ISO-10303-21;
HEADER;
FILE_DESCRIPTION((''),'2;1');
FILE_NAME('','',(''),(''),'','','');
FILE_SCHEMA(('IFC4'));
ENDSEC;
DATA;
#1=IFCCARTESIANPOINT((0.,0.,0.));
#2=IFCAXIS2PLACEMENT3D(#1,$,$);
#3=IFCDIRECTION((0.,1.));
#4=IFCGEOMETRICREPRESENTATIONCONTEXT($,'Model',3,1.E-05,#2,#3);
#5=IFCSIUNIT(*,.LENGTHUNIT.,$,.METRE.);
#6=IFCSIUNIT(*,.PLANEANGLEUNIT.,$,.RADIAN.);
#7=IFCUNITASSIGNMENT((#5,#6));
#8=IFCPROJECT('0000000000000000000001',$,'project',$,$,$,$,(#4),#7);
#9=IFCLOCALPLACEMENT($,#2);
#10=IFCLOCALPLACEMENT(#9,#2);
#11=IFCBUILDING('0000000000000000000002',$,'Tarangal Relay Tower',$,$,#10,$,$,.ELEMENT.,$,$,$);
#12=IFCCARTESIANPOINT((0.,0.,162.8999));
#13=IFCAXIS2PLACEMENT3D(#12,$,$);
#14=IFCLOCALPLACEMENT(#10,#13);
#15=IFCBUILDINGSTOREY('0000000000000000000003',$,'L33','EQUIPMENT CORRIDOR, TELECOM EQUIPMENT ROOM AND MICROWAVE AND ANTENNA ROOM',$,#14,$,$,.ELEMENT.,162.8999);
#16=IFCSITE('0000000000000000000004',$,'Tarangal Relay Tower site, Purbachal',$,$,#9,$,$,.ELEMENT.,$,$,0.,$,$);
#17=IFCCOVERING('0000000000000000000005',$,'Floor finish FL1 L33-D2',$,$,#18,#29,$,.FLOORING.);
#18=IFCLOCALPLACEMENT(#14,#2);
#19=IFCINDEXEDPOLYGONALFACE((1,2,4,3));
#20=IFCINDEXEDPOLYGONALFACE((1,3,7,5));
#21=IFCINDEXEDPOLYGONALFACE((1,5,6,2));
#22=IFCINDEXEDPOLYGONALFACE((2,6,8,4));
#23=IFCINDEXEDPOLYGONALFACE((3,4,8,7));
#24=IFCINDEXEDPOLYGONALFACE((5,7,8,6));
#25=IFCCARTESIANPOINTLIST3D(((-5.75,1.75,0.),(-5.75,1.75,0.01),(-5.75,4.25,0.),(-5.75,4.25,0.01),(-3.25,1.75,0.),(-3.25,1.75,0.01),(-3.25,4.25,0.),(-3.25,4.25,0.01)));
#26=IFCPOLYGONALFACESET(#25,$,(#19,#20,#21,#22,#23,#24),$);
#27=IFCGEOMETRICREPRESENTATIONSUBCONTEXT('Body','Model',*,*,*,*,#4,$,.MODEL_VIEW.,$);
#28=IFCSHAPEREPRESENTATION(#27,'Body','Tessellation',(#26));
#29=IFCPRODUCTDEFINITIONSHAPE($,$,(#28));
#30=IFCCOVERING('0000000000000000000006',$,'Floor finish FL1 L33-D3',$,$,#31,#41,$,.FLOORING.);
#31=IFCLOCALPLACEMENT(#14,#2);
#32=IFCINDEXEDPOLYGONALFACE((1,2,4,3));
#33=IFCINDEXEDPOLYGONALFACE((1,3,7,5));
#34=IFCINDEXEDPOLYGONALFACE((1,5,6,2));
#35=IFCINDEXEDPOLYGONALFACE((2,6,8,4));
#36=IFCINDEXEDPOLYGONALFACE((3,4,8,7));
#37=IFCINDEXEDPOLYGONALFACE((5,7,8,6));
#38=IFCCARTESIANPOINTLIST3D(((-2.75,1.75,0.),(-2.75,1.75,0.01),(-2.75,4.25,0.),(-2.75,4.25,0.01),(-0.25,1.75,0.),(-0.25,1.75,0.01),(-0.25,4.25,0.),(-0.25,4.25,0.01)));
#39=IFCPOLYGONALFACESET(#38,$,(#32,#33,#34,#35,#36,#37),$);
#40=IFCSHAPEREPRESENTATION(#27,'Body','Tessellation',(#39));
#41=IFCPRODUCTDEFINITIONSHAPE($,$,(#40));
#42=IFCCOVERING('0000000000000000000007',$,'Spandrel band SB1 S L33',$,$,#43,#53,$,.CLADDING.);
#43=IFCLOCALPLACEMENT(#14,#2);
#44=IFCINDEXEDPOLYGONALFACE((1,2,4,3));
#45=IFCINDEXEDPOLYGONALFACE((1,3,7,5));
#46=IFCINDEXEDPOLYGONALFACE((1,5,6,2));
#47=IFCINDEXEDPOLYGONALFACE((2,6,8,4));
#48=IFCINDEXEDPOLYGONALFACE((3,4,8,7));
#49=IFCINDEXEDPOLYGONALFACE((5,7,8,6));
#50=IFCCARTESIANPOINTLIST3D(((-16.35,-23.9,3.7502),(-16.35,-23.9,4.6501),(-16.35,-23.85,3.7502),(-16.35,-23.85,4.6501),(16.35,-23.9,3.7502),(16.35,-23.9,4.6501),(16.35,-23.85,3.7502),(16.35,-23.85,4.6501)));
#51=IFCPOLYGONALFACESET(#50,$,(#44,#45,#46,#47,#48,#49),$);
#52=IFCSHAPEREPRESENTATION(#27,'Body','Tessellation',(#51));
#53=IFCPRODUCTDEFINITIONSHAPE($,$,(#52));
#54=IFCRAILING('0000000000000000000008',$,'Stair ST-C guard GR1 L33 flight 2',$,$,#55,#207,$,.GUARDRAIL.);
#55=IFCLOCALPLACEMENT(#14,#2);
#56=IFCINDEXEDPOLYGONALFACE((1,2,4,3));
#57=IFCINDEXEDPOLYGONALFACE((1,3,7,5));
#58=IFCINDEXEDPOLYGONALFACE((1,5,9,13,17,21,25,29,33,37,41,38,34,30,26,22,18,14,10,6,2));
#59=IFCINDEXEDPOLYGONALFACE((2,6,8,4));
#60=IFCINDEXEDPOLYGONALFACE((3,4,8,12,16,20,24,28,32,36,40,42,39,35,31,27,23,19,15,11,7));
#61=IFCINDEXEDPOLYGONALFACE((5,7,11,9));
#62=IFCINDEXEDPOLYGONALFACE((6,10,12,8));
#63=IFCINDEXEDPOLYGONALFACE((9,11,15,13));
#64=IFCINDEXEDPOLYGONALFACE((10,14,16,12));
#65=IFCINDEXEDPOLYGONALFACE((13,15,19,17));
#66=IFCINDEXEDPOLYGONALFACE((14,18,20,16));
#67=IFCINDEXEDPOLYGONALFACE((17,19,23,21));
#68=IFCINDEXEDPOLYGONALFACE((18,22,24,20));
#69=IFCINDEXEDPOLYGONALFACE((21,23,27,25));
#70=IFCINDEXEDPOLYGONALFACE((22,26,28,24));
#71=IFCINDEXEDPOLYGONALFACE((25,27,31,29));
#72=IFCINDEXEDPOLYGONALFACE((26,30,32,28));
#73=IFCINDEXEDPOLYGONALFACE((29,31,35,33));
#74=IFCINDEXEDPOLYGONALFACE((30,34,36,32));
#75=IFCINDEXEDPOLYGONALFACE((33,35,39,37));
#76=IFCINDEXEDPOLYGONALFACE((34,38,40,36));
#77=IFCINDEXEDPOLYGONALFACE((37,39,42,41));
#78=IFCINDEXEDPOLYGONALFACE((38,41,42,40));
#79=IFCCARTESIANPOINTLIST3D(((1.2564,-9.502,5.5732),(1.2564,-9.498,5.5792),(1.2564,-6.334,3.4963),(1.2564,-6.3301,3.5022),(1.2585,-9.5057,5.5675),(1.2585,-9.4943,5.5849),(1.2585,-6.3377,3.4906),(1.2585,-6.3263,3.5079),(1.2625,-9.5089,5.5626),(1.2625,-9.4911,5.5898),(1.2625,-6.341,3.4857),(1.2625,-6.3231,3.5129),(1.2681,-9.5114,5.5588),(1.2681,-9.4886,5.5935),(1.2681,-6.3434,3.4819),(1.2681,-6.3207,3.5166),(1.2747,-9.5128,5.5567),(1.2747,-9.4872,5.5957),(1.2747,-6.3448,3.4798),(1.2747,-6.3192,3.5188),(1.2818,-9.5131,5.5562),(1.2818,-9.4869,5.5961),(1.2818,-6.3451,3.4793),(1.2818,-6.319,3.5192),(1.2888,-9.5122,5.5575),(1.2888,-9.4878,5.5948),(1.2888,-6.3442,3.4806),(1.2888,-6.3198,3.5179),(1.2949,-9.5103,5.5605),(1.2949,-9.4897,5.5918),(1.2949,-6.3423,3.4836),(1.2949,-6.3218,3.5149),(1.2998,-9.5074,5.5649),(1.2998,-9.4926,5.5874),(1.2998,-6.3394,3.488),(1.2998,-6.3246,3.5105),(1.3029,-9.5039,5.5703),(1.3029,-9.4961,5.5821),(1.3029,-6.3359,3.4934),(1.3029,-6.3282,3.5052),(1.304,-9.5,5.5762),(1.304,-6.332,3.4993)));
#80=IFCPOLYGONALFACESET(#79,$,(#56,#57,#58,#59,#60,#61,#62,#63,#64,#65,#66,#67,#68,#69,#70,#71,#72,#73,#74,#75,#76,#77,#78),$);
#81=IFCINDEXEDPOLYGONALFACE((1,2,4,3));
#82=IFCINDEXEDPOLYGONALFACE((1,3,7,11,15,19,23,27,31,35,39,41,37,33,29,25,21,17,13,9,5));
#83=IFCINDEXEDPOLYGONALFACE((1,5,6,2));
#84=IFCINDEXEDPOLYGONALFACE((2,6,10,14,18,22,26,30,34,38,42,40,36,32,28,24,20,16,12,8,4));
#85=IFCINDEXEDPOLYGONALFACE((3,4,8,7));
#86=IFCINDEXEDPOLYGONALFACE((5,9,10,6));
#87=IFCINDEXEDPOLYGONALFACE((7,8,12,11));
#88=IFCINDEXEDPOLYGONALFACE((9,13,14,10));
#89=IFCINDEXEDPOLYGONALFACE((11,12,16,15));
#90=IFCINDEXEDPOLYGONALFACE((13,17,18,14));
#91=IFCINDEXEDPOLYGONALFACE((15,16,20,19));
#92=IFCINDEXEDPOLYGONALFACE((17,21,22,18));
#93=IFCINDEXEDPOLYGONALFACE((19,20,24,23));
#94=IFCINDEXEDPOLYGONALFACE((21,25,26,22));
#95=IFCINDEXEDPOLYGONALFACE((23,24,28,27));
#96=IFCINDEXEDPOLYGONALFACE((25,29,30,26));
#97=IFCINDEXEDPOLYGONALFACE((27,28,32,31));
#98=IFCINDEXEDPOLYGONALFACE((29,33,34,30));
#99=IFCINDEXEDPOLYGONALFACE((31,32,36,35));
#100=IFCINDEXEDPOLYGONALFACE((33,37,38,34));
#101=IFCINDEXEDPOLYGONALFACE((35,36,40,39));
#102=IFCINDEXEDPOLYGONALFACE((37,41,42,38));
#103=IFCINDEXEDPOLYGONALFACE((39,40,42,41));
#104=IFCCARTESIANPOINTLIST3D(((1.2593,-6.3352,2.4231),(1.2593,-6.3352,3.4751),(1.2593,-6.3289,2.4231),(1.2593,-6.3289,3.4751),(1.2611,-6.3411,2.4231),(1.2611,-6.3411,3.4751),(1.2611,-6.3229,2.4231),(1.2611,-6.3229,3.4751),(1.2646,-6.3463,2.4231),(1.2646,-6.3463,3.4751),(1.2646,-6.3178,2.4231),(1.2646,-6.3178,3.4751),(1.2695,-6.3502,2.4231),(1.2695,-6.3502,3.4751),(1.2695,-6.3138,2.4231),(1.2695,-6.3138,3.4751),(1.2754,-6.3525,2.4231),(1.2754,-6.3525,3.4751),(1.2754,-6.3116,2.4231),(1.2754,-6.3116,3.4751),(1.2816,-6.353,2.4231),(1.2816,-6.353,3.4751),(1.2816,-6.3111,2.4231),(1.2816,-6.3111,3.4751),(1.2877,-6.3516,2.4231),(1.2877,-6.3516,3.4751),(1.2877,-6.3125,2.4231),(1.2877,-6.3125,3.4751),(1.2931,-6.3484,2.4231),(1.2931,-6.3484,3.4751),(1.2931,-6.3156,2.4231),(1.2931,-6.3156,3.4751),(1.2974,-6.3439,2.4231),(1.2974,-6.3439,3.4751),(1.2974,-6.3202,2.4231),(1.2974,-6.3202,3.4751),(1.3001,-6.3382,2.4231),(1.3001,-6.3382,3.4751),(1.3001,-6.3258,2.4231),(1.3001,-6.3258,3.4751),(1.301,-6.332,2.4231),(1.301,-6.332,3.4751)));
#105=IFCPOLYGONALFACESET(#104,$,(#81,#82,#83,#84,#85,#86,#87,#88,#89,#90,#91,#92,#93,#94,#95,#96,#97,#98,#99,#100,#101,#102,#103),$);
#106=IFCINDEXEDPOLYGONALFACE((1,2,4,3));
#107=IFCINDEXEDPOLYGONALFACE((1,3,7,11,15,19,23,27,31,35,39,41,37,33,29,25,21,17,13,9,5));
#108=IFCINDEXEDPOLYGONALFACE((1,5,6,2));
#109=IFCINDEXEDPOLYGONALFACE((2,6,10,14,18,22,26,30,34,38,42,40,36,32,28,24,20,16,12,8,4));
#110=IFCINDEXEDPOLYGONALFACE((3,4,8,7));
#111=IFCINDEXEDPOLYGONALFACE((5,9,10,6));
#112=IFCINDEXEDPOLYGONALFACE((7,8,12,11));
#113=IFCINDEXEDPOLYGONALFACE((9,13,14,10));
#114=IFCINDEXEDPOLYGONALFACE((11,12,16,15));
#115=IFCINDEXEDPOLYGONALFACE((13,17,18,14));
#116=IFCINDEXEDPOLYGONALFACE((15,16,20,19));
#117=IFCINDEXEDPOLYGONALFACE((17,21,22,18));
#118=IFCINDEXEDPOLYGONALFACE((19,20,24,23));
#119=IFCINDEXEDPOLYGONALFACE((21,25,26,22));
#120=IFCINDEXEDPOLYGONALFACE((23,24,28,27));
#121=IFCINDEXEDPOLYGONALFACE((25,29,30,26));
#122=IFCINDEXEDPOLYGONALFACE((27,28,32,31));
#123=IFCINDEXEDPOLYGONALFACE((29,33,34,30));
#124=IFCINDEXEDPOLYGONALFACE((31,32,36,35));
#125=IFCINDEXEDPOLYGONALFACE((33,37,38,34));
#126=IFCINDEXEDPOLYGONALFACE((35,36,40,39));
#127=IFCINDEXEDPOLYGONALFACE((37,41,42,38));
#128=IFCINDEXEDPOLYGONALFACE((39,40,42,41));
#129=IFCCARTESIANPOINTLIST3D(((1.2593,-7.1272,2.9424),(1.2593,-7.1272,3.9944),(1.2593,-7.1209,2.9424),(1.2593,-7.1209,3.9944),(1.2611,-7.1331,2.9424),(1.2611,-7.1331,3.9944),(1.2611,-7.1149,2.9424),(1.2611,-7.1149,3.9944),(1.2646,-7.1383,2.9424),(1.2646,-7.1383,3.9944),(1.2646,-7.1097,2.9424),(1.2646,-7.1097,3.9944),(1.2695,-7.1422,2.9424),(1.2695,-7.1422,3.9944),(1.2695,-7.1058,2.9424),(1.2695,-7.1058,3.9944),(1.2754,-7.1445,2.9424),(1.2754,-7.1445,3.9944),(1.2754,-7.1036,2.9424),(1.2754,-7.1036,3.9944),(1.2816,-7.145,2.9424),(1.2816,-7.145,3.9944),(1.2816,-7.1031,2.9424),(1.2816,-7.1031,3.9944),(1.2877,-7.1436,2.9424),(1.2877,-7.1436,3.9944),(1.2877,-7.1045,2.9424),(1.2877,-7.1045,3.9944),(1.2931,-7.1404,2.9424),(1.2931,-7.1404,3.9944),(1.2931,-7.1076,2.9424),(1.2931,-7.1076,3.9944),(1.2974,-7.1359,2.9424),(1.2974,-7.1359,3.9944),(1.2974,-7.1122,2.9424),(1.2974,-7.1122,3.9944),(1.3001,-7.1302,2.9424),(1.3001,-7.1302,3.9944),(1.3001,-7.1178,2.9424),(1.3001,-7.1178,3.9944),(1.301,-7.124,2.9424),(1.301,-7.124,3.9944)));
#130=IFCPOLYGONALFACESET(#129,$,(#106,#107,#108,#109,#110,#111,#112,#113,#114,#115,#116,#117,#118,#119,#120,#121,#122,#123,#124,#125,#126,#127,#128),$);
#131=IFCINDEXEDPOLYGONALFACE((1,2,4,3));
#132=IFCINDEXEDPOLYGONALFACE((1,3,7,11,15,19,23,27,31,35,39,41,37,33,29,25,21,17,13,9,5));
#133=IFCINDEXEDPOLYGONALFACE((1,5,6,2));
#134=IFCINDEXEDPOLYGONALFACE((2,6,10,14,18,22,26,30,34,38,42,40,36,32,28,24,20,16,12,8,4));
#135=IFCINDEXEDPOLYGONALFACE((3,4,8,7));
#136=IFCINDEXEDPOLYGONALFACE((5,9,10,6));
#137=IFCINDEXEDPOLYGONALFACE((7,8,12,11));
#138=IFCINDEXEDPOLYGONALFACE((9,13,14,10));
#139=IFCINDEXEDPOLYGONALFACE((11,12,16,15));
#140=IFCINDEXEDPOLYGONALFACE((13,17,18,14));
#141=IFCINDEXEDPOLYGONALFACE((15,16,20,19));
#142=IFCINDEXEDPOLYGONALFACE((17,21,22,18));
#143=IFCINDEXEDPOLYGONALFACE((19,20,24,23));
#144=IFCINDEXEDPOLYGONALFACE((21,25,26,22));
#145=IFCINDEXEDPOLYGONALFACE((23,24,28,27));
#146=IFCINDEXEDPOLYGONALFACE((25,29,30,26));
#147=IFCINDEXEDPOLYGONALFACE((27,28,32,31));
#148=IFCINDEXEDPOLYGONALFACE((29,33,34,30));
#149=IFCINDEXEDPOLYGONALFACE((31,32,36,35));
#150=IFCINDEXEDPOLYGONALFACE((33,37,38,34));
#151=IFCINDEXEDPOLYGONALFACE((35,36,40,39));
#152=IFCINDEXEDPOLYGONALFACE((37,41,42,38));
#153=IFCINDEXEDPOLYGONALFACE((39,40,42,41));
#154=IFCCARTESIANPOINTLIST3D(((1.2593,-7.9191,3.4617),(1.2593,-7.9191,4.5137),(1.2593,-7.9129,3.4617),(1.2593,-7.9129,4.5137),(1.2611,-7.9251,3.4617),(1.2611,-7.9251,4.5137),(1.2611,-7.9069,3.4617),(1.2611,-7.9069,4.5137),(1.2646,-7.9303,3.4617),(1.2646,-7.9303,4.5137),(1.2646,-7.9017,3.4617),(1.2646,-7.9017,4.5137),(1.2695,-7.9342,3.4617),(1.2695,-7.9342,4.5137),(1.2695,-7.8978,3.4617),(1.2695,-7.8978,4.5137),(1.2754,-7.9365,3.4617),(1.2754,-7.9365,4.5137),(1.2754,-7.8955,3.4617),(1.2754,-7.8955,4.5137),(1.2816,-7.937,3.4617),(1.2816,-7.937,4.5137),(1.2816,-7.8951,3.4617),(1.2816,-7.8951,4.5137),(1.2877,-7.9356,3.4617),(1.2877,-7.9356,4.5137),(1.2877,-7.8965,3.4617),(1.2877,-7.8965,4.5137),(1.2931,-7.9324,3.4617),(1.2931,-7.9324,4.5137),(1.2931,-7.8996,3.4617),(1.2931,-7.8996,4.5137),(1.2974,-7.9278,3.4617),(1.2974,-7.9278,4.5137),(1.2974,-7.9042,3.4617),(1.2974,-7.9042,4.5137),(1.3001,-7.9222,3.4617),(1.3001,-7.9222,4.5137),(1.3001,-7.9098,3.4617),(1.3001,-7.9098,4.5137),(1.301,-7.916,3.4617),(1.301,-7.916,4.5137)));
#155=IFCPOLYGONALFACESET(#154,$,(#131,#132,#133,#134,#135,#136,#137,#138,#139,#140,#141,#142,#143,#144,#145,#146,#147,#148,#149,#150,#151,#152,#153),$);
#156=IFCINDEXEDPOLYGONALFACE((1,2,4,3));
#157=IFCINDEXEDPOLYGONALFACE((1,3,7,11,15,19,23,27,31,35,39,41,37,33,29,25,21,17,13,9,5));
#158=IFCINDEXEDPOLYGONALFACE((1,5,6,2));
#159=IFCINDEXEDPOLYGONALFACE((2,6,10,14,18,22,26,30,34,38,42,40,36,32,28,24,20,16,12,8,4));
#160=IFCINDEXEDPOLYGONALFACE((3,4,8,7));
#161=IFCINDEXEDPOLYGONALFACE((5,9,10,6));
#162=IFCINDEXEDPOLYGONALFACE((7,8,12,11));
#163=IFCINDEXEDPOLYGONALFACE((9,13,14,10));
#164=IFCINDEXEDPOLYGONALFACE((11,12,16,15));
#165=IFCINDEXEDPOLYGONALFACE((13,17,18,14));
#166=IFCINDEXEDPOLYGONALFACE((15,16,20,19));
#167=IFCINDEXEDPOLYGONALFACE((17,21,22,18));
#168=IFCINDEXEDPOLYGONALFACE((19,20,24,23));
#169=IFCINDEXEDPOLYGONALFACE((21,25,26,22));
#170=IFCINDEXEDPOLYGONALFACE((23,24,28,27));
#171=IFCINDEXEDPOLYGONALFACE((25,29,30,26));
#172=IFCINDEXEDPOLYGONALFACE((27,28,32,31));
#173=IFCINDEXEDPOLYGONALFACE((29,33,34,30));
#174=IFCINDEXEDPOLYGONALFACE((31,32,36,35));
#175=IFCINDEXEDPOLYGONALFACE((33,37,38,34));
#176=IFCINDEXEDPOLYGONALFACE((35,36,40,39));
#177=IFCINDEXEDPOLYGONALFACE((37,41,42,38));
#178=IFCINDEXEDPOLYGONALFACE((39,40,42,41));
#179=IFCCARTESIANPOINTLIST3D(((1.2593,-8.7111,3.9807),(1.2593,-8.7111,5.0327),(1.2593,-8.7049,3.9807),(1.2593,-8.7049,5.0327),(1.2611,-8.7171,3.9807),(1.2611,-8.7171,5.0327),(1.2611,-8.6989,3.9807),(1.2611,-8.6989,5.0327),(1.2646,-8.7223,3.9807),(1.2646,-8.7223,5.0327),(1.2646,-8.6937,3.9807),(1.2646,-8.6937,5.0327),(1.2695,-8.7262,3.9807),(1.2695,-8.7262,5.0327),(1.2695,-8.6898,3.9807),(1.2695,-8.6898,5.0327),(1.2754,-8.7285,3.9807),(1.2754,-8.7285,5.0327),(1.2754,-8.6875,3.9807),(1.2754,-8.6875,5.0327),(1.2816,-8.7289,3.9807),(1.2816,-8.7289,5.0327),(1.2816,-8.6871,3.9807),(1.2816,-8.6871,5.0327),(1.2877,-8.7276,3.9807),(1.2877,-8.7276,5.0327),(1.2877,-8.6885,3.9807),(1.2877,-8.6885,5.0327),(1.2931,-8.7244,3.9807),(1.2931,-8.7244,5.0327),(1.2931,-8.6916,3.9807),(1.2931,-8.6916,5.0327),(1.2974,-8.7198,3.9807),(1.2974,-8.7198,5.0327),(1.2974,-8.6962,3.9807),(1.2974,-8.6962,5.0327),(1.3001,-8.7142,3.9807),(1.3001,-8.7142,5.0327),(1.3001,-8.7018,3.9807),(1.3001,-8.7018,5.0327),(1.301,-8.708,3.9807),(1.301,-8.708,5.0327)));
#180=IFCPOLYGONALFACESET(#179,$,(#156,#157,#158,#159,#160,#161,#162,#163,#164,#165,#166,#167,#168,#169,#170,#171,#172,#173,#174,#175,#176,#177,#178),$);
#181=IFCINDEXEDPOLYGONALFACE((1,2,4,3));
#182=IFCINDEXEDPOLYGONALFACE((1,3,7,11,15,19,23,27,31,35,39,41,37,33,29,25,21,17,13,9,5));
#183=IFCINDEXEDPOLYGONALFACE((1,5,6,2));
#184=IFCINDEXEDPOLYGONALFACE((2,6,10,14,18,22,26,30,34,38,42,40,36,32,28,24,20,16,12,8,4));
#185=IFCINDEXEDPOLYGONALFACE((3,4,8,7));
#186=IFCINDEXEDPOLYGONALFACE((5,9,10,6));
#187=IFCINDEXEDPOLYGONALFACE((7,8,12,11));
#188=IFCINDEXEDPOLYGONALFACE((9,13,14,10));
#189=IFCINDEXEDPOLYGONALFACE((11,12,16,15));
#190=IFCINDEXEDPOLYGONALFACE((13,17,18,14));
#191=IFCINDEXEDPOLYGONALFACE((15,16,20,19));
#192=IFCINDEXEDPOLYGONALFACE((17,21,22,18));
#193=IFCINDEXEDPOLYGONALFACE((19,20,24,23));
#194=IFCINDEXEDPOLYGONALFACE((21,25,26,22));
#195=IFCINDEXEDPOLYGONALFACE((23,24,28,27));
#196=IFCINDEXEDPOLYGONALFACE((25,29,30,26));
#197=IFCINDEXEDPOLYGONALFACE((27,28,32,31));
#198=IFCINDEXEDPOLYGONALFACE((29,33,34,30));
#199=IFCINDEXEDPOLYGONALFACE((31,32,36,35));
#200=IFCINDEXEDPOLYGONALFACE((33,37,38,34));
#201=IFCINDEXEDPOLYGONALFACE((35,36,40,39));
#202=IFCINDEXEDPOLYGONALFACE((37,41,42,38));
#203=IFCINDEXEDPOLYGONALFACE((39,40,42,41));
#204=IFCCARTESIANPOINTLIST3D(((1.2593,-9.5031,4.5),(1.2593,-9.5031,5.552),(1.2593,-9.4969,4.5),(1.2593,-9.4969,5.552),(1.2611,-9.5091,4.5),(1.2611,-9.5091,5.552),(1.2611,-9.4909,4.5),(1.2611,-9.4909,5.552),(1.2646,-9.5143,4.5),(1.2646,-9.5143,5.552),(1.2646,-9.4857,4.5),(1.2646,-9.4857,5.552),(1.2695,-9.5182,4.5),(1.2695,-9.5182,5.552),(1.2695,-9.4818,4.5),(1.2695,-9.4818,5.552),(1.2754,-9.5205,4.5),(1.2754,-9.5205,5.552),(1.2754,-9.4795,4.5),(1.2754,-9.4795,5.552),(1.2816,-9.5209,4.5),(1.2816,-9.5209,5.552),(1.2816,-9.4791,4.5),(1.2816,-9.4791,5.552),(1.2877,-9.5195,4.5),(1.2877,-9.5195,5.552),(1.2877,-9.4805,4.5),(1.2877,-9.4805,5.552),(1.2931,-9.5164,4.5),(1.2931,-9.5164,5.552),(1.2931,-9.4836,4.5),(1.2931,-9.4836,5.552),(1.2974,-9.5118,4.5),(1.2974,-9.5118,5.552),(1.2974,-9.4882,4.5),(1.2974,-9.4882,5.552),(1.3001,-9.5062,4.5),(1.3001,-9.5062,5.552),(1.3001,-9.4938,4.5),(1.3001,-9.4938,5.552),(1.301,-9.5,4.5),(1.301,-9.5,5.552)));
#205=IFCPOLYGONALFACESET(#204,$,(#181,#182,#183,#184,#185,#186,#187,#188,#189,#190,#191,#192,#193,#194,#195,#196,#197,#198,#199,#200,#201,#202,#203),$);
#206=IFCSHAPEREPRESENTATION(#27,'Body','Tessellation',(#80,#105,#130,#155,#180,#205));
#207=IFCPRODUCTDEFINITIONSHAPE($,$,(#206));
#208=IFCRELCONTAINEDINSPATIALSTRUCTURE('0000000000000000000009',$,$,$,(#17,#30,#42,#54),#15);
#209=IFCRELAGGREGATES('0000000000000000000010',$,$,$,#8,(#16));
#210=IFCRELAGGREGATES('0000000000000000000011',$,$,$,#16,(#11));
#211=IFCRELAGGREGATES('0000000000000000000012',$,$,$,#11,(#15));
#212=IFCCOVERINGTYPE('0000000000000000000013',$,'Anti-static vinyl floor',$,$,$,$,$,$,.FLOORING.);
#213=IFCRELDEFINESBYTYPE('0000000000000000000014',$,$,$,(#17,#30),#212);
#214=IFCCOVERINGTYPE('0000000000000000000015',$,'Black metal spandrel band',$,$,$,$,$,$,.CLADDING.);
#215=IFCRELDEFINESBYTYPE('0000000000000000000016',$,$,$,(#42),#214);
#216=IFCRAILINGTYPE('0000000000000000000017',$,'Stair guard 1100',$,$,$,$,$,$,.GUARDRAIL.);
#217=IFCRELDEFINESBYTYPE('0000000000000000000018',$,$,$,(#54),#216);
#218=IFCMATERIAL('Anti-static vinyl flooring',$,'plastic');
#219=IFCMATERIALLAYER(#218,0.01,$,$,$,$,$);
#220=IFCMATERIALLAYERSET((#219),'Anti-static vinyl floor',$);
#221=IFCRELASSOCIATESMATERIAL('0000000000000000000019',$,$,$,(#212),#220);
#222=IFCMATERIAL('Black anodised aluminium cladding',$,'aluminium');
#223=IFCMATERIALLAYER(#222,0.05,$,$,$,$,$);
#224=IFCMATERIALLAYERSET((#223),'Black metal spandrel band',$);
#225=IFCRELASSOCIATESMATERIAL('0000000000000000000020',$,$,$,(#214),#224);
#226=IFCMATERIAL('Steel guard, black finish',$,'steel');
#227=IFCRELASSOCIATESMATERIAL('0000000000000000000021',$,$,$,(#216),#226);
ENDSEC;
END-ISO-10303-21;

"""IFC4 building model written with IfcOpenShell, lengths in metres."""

from ifc_helpers import new_model, si_unit, direction, frame, origin, origin_2d, place, context, subcontext, project, spatial, polyline, rectangle, circle, outline, extrude, material, layer, layer_set, type_object, element, save


model = new_model("IFC4")

# Units and contexts
model_context = context("Model", 3, precision=1e-05, world=origin(), true_north=direction((0.0, 1.0)))
body_context = subcontext(model_context, "Body", "Model", "MODEL_VIEW")
ifc_project = project(units=[si_unit("LENGTHUNIT", "METRE"), si_unit("PLANEANGLEUNIT", "RADIAN")], contexts=[model_context])

# Site, building, storey
site_placement = place(None, origin())
site = spatial("IfcSite", under=ifc_project, at=site_placement, Name="Tarangal Relay Tower site, Purbachal", CompositionType="ELEMENT", RefElevation=0.0)
building_placement = place(site_placement, origin())
building = spatial("IfcBuilding", under=site, at=building_placement, Name="Tarangal Relay Tower", CompositionType="ELEMENT")
storey_placement = place(building_placement, frame((0.0, 0.0, 162.8999)))
storey = spatial("IfcBuildingStorey", under=building, at=storey_placement, Name="L33", Description="EQUIPMENT CORRIDOR, TELECOM EQUIPMENT ROOM AND MICROWAVE AND ANTENNA ROOM", CompositionType="ELEMENT", Elevation=162.8999)

# Coverings
ifc_material_1 = material(Name="Anti-static vinyl flooring", Category="plastic")
ifc_layer_1 = layer(ifc_material_1, 0.01)
ifc_layer_set_1 = layer_set([ifc_layer_1], Name="Anti-static vinyl floor")
covering_type_1 = type_object("IfcCoveringType", Name="Anti-static vinyl floor", PredefinedType="FLOORING", material=ifc_layer_set_1)
covering_1_placement = place(storey_placement, origin())
element("IfcCovering", 1, at=covering_1_placement, inside=storey, type_object=covering_type_1, Name="Floor finish FL1 L33-D2", PredefinedType="FLOORING", context=body_context, shape_type="SweptSolid", body=[
    extrude(outline(polyline([(-5.75, 1.75), (-3.25, 1.75), (-3.25, 4.25), (-5.75, 4.25), (-5.75, 1.75)])), origin(), (0.0, 0.0, 1.0), 0.01),
])
covering_2_placement = place(storey_placement, origin())
element("IfcCovering", 2, at=covering_2_placement, inside=storey, type_object=covering_type_1, Name="Floor finish FL1 L33-D3", PredefinedType="FLOORING", context=body_context, shape_type="SweptSolid", body=[
    extrude(outline(polyline([(-2.75, 1.75), (-0.25, 1.75), (-0.25, 4.25), (-2.75, 4.25), (-2.75, 1.75)])), origin(), (0.0, 0.0, 1.0), 0.01),
])
ifc_material_2 = material(Name="Black anodised aluminium cladding", Category="aluminium")
ifc_layer_2 = layer(ifc_material_2, 0.05)
ifc_layer_set_2 = layer_set([ifc_layer_2], Name="Black metal spandrel band")
covering_type_2 = type_object("IfcCoveringType", Name="Black metal spandrel band", PredefinedType="CLADDING", material=ifc_layer_set_2)
covering_3_placement = place(storey_placement, frame((0.0, -23.875, 3.7502), z_axis=(0.0, 0.0, 1.0), x_axis=(-1.0, 0.0, 0.0)))
element("IfcCovering", 3, at=covering_3_placement, inside=storey, type_object=covering_type_2, Name="Spandrel band SB1 S L33", PredefinedType="CLADDING", context=body_context, shape_type="SweptSolid", body=[
    extrude(rectangle(XDim=32.7, YDim=0.05, at=origin_2d()), origin(), (0.0, 0.0, 1.0), 0.8999),
])

# Railing
ifc_material_3 = material(Name="Steel guard, black finish", Category="steel")
railing_type_1 = type_object("IfcRailingType", Name="Stair guard 1100", PredefinedType="GUARDRAIL", material=ifc_material_3)
railing_1_placement = place(storey_placement, frame((1.28, -6.332, 2.4231)))
element("IfcRailing", 4, at=railing_1_placement, inside=storey, type_object=railing_type_1, Name="Stair ST-C guard GR1 L33 flight 2", PredefinedType="GUARDRAIL", context=body_context, shape_type="SweptSolid", body=[
    extrude(circle(Radius=0.0239, at=origin_2d()), frame((0.0, 0.0, 1.0762), z_axis=(0.0, -0.836299, 0.548273), x_axis=(1.0, 0.0, 0.0)), (0.0, 0.0, 1.0), 3.7881),
    extrude(circle(Radius=0.021, at=origin_2d()), origin(), (0.0, 0.0, 1.0), 1.052),
    extrude(circle(Radius=0.021, at=origin_2d()), frame((0.0, -0.792, 0.5193)), (0.0, 0.0, 1.0), 1.052),
    extrude(circle(Radius=0.021, at=origin_2d()), frame((0.0, -1.584, 1.0386)), (0.0, 0.0, 1.0), 1.052),
    extrude(circle(Radius=0.021, at=origin_2d()), frame((0.0, -2.376, 1.5576)), (0.0, 0.0, 1.0), 1.052),
    extrude(circle(Radius=0.021, at=origin_2d()), frame((0.0, -3.168, 2.0769)), (0.0, 0.0, 1.0), 1.052),
])

save(model, "model.ifc")
